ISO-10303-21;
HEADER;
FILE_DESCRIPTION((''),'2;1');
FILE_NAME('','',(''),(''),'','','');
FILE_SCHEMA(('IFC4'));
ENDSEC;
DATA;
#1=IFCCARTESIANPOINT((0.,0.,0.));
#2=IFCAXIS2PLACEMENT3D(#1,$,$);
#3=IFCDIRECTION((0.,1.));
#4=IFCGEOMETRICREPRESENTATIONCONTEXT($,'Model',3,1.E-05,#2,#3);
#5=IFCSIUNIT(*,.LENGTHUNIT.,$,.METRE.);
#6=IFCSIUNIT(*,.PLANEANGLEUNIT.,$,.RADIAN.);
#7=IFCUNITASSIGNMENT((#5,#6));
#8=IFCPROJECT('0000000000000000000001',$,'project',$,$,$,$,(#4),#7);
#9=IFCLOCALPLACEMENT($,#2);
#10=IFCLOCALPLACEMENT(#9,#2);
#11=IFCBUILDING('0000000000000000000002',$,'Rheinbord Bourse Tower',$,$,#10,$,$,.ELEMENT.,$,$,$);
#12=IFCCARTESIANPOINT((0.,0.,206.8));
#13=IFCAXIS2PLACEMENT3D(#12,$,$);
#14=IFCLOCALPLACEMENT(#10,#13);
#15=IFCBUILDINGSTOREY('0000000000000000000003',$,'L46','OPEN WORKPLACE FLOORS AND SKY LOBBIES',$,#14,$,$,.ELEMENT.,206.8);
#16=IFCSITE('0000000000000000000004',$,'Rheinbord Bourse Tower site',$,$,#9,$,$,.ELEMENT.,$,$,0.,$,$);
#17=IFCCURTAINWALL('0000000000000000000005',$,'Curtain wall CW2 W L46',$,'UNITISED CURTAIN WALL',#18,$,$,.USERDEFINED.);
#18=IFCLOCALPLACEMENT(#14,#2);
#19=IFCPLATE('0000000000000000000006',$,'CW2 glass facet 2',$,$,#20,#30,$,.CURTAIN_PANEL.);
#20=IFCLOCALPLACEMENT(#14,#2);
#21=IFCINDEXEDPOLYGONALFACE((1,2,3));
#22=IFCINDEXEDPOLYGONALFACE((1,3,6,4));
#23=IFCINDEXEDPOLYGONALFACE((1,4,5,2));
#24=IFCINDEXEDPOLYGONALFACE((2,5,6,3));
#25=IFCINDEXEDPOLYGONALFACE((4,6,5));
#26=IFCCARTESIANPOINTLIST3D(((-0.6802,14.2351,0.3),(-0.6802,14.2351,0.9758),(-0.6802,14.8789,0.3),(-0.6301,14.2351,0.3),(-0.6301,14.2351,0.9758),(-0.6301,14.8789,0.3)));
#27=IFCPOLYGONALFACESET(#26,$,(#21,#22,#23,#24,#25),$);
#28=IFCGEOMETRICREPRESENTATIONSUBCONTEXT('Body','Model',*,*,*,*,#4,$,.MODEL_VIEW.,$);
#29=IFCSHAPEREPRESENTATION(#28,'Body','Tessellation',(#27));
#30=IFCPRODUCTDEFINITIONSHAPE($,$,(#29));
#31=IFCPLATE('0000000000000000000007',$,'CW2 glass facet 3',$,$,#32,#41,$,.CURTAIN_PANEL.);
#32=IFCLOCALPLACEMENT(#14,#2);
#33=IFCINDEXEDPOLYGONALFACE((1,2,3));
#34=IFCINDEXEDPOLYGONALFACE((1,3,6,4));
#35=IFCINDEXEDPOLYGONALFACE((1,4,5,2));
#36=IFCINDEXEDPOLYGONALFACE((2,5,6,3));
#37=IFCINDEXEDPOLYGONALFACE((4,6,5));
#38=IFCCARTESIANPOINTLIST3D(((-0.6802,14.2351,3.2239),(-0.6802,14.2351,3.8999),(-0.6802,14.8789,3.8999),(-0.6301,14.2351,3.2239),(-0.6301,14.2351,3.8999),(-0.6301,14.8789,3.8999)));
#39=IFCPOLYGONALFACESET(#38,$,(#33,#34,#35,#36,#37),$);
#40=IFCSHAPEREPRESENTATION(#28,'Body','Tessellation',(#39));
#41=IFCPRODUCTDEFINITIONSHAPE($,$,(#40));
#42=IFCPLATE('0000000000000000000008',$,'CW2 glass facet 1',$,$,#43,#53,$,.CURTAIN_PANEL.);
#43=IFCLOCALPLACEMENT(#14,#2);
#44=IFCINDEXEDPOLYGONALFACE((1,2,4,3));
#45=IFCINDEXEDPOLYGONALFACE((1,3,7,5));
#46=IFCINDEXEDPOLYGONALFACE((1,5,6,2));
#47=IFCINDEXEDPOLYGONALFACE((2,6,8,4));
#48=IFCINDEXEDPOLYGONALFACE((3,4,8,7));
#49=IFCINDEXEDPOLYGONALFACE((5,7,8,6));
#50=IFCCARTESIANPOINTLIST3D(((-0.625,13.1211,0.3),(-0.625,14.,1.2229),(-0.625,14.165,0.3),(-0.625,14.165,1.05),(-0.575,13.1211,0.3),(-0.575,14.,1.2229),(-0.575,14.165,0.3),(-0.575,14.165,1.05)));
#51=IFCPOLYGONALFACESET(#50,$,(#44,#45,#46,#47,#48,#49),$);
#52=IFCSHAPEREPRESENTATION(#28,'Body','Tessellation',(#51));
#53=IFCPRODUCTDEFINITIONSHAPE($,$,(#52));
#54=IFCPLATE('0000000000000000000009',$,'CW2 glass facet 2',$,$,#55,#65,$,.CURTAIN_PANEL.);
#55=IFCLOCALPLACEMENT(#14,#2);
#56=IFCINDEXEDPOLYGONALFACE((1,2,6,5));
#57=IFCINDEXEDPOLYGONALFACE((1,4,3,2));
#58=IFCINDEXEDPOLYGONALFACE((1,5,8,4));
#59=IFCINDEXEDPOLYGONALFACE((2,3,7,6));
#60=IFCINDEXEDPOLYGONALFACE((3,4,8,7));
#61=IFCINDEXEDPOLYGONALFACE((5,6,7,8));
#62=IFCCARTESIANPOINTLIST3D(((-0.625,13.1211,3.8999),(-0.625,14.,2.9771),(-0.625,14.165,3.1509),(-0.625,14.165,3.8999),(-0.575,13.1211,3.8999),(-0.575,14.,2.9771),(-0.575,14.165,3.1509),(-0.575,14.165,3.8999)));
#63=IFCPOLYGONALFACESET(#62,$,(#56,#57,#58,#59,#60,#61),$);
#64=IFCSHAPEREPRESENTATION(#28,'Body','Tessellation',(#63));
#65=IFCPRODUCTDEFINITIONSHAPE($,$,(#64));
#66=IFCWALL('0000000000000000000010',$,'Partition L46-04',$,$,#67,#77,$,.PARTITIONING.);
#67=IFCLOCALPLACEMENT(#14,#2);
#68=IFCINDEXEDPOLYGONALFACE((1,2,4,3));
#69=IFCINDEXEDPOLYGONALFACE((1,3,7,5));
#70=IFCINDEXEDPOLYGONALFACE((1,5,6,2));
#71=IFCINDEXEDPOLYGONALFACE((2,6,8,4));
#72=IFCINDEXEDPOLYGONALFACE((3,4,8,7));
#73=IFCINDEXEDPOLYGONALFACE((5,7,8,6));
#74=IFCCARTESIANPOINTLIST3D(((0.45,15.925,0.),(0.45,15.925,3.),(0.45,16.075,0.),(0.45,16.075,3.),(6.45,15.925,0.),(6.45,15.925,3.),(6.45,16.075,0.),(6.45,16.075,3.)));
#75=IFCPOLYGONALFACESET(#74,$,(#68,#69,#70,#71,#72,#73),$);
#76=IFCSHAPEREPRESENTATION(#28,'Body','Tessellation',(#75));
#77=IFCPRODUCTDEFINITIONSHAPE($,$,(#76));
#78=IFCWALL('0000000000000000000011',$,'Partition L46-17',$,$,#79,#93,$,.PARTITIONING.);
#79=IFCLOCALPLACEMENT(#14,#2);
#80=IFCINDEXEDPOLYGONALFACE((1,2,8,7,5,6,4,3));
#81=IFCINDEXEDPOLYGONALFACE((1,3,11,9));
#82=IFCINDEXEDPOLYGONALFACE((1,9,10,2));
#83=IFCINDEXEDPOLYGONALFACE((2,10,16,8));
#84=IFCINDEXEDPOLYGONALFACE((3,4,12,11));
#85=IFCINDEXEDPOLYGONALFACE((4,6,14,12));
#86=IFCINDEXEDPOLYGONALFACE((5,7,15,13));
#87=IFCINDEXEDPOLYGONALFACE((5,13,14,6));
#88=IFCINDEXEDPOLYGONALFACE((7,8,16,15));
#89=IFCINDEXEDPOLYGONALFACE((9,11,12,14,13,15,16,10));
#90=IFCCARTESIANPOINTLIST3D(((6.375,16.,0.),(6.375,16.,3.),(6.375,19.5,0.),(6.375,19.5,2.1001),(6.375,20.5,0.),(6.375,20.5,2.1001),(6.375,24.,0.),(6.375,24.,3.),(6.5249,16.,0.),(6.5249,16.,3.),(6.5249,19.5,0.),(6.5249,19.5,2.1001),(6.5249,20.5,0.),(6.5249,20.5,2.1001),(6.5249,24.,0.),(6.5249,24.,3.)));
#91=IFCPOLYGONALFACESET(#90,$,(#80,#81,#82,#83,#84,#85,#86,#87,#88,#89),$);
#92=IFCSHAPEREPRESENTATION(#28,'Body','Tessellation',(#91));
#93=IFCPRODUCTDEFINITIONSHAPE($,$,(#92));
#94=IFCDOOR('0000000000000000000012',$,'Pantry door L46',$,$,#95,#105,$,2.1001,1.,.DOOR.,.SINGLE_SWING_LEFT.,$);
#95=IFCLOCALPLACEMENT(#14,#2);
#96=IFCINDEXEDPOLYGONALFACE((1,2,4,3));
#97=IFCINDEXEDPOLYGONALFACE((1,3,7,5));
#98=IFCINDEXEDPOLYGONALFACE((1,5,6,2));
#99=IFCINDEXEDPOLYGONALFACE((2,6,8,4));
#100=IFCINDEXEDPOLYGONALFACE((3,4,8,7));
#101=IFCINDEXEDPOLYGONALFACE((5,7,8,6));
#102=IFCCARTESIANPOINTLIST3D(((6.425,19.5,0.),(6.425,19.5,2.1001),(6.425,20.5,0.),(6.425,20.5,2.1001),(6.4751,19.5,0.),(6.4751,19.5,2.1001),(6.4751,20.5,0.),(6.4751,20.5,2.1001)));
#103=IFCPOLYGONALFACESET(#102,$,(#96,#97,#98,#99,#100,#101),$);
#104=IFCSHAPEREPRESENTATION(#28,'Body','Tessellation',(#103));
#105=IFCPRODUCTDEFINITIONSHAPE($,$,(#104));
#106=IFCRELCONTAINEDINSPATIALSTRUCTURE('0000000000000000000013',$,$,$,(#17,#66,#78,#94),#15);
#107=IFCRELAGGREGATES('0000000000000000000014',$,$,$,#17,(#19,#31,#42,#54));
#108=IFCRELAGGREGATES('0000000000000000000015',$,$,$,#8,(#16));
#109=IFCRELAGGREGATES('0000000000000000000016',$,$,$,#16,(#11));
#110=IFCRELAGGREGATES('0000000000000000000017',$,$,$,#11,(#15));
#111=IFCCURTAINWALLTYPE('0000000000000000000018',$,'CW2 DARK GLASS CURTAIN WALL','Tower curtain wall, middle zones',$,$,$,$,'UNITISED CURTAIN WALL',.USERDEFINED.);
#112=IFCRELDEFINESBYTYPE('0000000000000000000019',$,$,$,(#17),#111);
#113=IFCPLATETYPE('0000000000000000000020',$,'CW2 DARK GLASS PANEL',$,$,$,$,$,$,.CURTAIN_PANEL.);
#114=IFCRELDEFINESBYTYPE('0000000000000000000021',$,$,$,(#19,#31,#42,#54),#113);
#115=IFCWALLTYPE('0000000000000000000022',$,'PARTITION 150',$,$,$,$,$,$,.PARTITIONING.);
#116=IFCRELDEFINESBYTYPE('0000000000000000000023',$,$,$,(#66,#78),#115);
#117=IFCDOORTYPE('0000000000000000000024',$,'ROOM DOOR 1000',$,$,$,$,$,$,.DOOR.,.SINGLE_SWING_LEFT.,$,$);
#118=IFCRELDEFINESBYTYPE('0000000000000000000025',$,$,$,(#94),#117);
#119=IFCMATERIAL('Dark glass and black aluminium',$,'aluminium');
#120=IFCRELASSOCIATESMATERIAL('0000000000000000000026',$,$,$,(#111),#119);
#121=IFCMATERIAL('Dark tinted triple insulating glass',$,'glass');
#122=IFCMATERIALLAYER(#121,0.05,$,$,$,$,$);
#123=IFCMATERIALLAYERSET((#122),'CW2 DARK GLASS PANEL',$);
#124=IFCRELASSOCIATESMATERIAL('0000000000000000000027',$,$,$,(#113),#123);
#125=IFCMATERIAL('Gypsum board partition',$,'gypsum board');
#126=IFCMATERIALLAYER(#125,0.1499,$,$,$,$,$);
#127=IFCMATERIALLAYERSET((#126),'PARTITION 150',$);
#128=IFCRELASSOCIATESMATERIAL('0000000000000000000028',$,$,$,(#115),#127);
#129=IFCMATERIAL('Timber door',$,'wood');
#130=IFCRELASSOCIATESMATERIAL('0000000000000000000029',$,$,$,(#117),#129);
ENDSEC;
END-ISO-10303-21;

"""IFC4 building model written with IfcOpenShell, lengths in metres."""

from ifc_helpers import new_model, si_unit, direction, frame, frame_2d, origin, place, context, subcontext, project, spatial, polyline, rectangle, outline, extrude, material, layer, layer_set, type_object, element, fill, aggregate, save


model = new_model("IFC4")

# Units and contexts
model_context = context("Model", 3, precision=1e-05, world=origin(), true_north=direction((0.0, 1.0)))
body_context = subcontext(model_context, "Body", "Model", "MODEL_VIEW")
ifc_project = project(units=[si_unit("LENGTHUNIT", "METRE"), si_unit("PLANEANGLEUNIT", "RADIAN")], contexts=[model_context])

# Site, building, storey
site_placement = place(None, origin())
site = spatial("IfcSite", under=ifc_project, at=site_placement, Name="Rheinbord Bourse Tower site", CompositionType="ELEMENT", RefElevation=0.0)
building_placement = place(site_placement, origin())
building = spatial("IfcBuilding", under=site, at=building_placement, Name="Rheinbord Bourse Tower", CompositionType="ELEMENT")
storey_placement = place(building_placement, frame((0.0, 0.0, 206.8)))
storey = spatial("IfcBuildingStorey", under=building, at=storey_placement, Name="L46", Description="OPEN WORKPLACE FLOORS AND SKY LOBBIES", CompositionType="ELEMENT", Elevation=206.8)

# Curtain wall
ifc_material_1 = material(Name="Dark glass and black aluminium", Category="aluminium")
curtain_wall_type = type_object("IfcCurtainWallType", Name="CW2 DARK GLASS CURTAIN WALL", Description="Tower curtain wall, middle zones", ElementType="UNITISED CURTAIN WALL", PredefinedType="USERDEFINED", material=ifc_material_1)
curtain_wall_placement = place(storey_placement, origin())
curtain_wall = element("IfcCurtainWall", 1, at=curtain_wall_placement, inside=storey, type_object=curtain_wall_type, Name="Curtain wall CW2 W L46", ObjectType="UNITISED CURTAIN WALL", PredefinedType="USERDEFINED")

# Plates
ifc_material_2 = material(Name="Dark tinted triple insulating glass", Category="glass")
ifc_layer_1 = layer(ifc_material_2, 0.05)
ifc_layer_set_1 = layer_set([ifc_layer_1], Name="CW2 DARK GLASS PANEL")
plate_type = type_object("IfcPlateType", Name="CW2 DARK GLASS PANEL", PredefinedType="CURTAIN_PANEL", material=ifc_layer_set_1)
plate_1_placement = place(storey_placement, frame((-0.6802, 14.2351, 0.3), z_axis=(1.0, 0.0, 0.0), x_axis=(0.0, 1.0, 0.0)))
plate_1 = element("IfcPlate", 2, at=plate_1_placement, type_object=plate_type, Name="CW2 glass facet 2", PredefinedType="CURTAIN_PANEL", context=body_context, shape_type="SweptSolid", body=[
    extrude(outline(polyline([(0.0, 0.0), (0.6438, 0.0), (0.0, 0.6758), (0.0, 0.0)])), origin(), (0.0, 0.0, 1.0), 0.05),
])
plate_2_placement = place(storey_placement, frame((-0.6802, 14.2351, 3.8999), z_axis=(1.0, 0.0, 0.0), x_axis=(0.0, 0.0, -1.0)))
plate_2 = element("IfcPlate", 3, at=plate_2_placement, type_object=plate_type, Name="CW2 glass facet 3", PredefinedType="CURTAIN_PANEL", context=body_context, shape_type="SweptSolid", body=[
    extrude(outline(polyline([(0.0, 0.0), (0.676, 0.0), (0.0, 0.6438), (0.0, 0.0)])), origin(), (0.0, 0.0, 1.0), 0.05),
])
plate_3_placement = place(storey_placement, frame((-0.625, 14.165, 0.3), z_axis=(1.0, 0.0, 0.0), x_axis=(0.0, 0.0, 1.0)))
plate_3 = element("IfcPlate", 4, at=plate_3_placement, type_object=plate_type, Name="CW2 glass facet 1", PredefinedType="CURTAIN_PANEL", context=body_context, shape_type="SweptSolid", body=[
    extrude(outline(polyline([(0.0, 0.0), (0.75, 0.0), (0.9229, 0.165), (0.0, 1.0439), (0.0, 0.0)])), origin(), (0.0, 0.0, 1.0), 0.05),
])
plate_4_placement = place(storey_placement, frame((-0.625, 14.165, 3.8999), z_axis=(1.0, 0.0, 0.0), x_axis=(0.0, -1.0, 0.0)))
plate_4 = element("IfcPlate", 5, at=plate_4_placement, type_object=plate_type, Name="CW2 glass facet 2", PredefinedType="CURTAIN_PANEL", context=body_context, shape_type="SweptSolid", body=[
    extrude(outline(polyline([(0.0, 0.0), (1.0439, 0.0), (0.165, 0.9229), (0.0, 0.749), (0.0, 0.0)])), origin(), (0.0, 0.0, 1.0), 0.05),
])
aggregate(curtain_wall, [plate_1, plate_2, plate_3, plate_4])

# Wall
ifc_material_3 = material(Name="Gypsum board partition", Category="gypsum board")
ifc_layer_2 = layer(ifc_material_3, 0.1499)
ifc_layer_set_2 = layer_set([ifc_layer_2], Name="PARTITION 150")
wall_type = type_object("IfcWallType", Name="PARTITION 150", PredefinedType="PARTITIONING", material=ifc_layer_set_2)
wall_1_placement = place(storey_placement, frame((0.45, 16.0, 0.0), z_axis=(0.0, 0.0, 1.0), x_axis=(1.0, 0.0, 0.0)))
element("IfcWall", 6, at=wall_1_placement, inside=storey, type_object=wall_type, Name="Partition L46-04", PredefinedType="PARTITIONING", context=body_context, shape_type="SweptSolid", body=[
    extrude(rectangle(XDim=6.0, YDim=0.1499, at=frame_2d((3.0, 0.0))), origin(), (0.0, 0.0, 1.0), 3.0),
])

# Wall, opening, door
wall_2_placement = place(storey_placement, frame((6.45, 16.0, 0.0), z_axis=(0.0, 0.0, 1.0), x_axis=(0.0, 1.0, 0.0)))
wall_2 = element("IfcWall", 7, at=wall_2_placement, inside=storey, type_object=wall_type, Name="Partition L46-17", PredefinedType="PARTITIONING", context=body_context, shape_type="SweptSolid", body=[
    extrude(rectangle(XDim=8.0, YDim=0.1499, at=frame_2d((4.0, 0.0))), origin(), (0.0, 0.0, 1.0), 3.0),
])
opening_placement = place(wall_2_placement, frame((3.5, 0.0, 0.0)))
opening = element("IfcOpeningElement", 8, at=opening_placement, cuts=wall_2, PredefinedType="OPENING", context=body_context, shape_type="SweptSolid", body=[
    extrude(rectangle(XDim=1.0, YDim=2.1001, at=frame_2d((0.5, 1.05))), frame((0.0, 0.085, 0.0), z_axis=(0.0, -1.0, 0.0), x_axis=(1.0, 0.0, 0.0)), (0.0, 0.0, 1.0), 0.1699),
])
ifc_material_4 = material(Name="Timber door", Category="wood")
door_type = type_object("IfcDoorType", Name="ROOM DOOR 1000", OperationType="SINGLE_SWING_LEFT", PredefinedType="DOOR", material=ifc_material_4)
door_placement = place(opening_placement, origin())
door = element("IfcDoor", 9, at=door_placement, inside=storey, type_object=door_type, Name="Pantry door L46", OperationType="SINGLE_SWING_LEFT", OverallHeight=2.1001, OverallWidth=1.0, PredefinedType="DOOR", context=body_context, shape_type="SweptSolid", body=[
    extrude(rectangle(XDim=1.0, YDim=2.1001, at=frame_2d((0.5, 1.05))), frame((0.0, 0.0249, 0.0), z_axis=(0.0, -1.0, 0.0), x_axis=(1.0, 0.0, 0.0)), (0.0, 0.0, 1.0), 0.05),
])
fill(opening, door)

save(model, "model.ifc")
